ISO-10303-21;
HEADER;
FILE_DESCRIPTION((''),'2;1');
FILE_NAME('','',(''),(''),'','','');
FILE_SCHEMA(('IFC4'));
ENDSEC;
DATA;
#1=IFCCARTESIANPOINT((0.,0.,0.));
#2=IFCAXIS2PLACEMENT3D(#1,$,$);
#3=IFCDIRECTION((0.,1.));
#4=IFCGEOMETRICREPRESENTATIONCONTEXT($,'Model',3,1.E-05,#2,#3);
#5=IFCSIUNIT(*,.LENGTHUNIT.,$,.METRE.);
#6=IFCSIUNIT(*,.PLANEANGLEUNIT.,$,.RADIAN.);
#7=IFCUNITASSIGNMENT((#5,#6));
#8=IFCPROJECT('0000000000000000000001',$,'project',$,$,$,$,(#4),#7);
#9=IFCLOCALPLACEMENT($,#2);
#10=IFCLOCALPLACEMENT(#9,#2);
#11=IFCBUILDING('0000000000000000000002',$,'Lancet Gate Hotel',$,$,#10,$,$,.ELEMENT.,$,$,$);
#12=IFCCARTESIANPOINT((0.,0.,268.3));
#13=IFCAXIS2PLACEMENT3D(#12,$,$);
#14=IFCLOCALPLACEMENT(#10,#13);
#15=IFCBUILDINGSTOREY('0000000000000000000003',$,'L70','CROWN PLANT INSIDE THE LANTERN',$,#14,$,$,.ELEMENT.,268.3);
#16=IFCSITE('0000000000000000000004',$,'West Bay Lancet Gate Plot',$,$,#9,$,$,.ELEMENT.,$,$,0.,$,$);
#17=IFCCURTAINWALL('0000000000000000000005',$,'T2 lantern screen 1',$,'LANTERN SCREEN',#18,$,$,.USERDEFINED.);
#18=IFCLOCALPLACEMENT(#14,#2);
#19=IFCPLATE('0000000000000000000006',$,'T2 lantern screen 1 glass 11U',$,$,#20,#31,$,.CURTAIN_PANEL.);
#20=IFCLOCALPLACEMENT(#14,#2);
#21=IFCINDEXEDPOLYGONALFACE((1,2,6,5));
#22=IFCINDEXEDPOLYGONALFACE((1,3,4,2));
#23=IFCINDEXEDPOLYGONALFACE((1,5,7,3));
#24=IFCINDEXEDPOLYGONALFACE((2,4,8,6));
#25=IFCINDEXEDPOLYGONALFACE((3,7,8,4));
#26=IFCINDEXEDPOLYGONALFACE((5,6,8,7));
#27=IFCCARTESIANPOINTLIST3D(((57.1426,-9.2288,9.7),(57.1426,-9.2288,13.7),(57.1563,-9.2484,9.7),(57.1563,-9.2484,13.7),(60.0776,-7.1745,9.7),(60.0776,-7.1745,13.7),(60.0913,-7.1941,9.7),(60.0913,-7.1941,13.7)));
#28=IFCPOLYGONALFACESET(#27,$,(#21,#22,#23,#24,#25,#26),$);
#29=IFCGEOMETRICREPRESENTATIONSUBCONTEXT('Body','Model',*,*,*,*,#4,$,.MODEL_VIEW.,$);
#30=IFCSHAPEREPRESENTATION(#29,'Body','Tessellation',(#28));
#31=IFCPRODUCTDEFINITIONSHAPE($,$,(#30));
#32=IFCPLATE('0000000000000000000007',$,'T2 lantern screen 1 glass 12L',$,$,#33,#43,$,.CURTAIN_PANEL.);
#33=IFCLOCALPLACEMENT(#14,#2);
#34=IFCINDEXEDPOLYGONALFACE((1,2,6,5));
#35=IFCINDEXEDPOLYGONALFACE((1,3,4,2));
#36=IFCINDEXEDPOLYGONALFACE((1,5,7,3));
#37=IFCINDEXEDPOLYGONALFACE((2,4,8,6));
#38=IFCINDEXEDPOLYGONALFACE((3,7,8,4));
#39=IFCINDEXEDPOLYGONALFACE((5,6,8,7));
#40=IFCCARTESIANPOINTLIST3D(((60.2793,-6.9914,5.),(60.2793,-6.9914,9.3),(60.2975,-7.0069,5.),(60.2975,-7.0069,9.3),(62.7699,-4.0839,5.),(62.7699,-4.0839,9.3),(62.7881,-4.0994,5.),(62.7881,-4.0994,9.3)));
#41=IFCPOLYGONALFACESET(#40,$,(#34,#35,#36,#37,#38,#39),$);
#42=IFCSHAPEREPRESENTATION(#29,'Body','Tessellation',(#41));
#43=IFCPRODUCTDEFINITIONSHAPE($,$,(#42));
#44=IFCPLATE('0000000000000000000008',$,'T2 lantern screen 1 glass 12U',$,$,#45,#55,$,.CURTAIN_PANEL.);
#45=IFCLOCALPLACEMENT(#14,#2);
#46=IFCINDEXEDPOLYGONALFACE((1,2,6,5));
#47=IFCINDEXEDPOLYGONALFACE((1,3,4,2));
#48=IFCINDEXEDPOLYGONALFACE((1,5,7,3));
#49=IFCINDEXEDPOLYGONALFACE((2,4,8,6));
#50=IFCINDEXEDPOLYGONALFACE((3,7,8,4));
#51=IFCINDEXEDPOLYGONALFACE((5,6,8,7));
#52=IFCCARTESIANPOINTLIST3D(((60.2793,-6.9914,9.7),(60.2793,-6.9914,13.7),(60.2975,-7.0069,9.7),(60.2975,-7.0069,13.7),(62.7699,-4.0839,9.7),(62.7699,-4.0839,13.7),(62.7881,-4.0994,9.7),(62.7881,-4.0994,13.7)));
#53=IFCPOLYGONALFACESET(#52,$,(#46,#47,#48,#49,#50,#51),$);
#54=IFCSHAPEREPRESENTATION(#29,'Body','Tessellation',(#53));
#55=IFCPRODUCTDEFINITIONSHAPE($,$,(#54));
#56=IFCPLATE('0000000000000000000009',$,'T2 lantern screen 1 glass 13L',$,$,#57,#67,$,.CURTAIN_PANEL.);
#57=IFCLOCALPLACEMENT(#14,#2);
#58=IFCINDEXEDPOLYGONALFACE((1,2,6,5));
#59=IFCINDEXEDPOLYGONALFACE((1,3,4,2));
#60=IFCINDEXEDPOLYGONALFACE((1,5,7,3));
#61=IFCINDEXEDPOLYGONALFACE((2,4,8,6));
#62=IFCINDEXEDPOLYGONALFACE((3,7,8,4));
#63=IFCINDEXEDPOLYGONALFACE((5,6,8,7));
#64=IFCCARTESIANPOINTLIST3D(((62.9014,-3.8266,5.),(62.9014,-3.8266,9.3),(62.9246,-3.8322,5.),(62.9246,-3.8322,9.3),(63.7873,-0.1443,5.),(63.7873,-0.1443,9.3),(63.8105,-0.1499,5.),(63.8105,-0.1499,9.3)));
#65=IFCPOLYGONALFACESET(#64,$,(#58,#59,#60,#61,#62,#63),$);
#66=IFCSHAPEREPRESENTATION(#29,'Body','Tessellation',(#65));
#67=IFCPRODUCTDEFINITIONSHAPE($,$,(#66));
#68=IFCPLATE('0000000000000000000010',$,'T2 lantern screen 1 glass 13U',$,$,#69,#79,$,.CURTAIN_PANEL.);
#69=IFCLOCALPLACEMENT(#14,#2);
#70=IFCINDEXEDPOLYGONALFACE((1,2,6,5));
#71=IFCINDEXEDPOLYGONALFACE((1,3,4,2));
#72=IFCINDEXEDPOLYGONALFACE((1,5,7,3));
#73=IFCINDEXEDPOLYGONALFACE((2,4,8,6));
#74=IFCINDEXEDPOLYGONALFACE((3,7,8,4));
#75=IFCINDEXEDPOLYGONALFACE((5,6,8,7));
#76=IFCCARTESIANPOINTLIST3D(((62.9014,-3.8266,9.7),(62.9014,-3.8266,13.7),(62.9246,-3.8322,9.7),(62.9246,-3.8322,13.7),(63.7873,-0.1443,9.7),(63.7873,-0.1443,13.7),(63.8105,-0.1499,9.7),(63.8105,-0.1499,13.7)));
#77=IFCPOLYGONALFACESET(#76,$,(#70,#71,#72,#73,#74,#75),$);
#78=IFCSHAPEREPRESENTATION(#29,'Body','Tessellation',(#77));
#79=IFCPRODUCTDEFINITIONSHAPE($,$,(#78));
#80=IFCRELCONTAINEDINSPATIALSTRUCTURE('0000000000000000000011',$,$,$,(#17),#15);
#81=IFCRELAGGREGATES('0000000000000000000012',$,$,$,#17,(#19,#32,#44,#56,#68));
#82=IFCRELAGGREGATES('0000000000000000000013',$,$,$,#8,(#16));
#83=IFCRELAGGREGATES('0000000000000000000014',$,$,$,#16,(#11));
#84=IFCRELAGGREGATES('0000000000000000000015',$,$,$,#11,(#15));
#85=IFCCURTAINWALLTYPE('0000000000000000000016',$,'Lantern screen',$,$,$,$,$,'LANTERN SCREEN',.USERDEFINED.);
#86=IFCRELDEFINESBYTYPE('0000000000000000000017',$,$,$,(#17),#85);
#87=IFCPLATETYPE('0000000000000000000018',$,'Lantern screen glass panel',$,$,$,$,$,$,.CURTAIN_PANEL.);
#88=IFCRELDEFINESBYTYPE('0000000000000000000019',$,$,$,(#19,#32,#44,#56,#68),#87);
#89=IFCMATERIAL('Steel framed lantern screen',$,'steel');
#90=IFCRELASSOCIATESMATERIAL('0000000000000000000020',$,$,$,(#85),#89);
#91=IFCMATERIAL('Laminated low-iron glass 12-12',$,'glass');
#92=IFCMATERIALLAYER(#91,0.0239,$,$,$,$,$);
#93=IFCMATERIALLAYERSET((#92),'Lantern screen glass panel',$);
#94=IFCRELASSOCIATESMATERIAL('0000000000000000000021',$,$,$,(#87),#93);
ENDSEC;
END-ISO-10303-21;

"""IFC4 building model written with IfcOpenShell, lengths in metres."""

from ifc_helpers import new_model, si_unit, direction, frame, origin, origin_2d, place, context, subcontext, project, spatial, rectangle, extrude, material, layer, layer_set, type_object, element, aggregate, save


model = new_model("IFC4")

# Units and contexts
model_context = context("Model", 3, precision=1e-05, world=origin(), true_north=direction((0.0, 1.0)))
body_context = subcontext(model_context, "Body", "Model", "MODEL_VIEW")
ifc_project = project(units=[si_unit("LENGTHUNIT", "METRE"), si_unit("PLANEANGLEUNIT", "RADIAN")], contexts=[model_context])

# Site, building, storey
site_placement = place(None, origin())
site = spatial("IfcSite", under=ifc_project, at=site_placement, Name="West Bay Lancet Gate Plot", CompositionType="ELEMENT", RefElevation=0.0)
building_placement = place(site_placement, origin())
building = spatial("IfcBuilding", under=site, at=building_placement, Name="Lancet Gate Hotel", CompositionType="ELEMENT")
storey_placement = place(building_placement, frame((0.0, 0.0, 268.3)))
storey = spatial("IfcBuildingStorey", under=building, at=storey_placement, Name="L70", Description="CROWN PLANT INSIDE THE LANTERN", CompositionType="ELEMENT", Elevation=268.3)

# Curtain wall
ifc_material_1 = material(Name="Steel framed lantern screen", Category="steel")
curtain_wall_type_1 = type_object("IfcCurtainWallType", Name="Lantern screen", ElementType="LANTERN SCREEN", PredefinedType="USERDEFINED", material=ifc_material_1)
curtain_wall_1_placement = place(storey_placement, origin())
curtain_wall_1 = element("IfcCurtainWall", 1, at=curtain_wall_1_placement, inside=storey, type_object=curtain_wall_type_1, Name="T2 lantern screen 1", ObjectType="LANTERN SCREEN", PredefinedType="USERDEFINED")

# Plates
ifc_material_2 = material(Name="Laminated low-iron glass 12-12", Category="glass")
ifc_layer_1 = layer(ifc_material_2, 0.0239)
ifc_layer_set_1 = layer_set([ifc_layer_1], Name="Lantern screen glass panel")
plate_type_1 = type_object("IfcPlateType", Name="Lantern screen glass panel", PredefinedType="CURTAIN_PANEL", material=ifc_layer_set_1)
plate_1_placement = place(storey_placement, frame((58.6169, -8.2114, 9.7), z_axis=(0.0, 0.0, 1.0), x_axis=(0.819255, 0.573429, 0.0)))
plate_1 = element("IfcPlate", 2, at=plate_1_placement, type_object=plate_type_1, Name="T2 lantern screen 1 glass 11U", PredefinedType="CURTAIN_PANEL", context=body_context, shape_type="SweptSolid", body=[
    extrude(rectangle(XDim=3.5825, YDim=0.0239, at=origin_2d()), origin(), (0.0, 0.0, 1.0), 4.0),
])
plate_2_placement = place(storey_placement, frame((61.5337, -5.5454, 5.0), z_axis=(0.0, 0.0, 1.0), x_axis=(0.650552, 0.759462, 0.0)))
plate_2 = element("IfcPlate", 3, at=plate_2_placement, type_object=plate_type_1, Name="T2 lantern screen 1 glass 12L", PredefinedType="CURTAIN_PANEL", context=body_context, shape_type="SweptSolid", body=[
    extrude(rectangle(XDim=3.8284, YDim=0.0239, at=origin_2d()), origin(), (0.0, 0.0, 1.0), 4.3),
])
plate_3_placement = place(storey_placement, frame((61.5337, -5.5454, 9.7), z_axis=(0.0, 0.0, 1.0), x_axis=(0.650552, 0.759462, 0.0)))
plate_3 = element("IfcPlate", 4, at=plate_3_placement, type_object=plate_type_1, Name="T2 lantern screen 1 glass 12U", PredefinedType="CURTAIN_PANEL", context=body_context, shape_type="SweptSolid", body=[
    extrude(rectangle(XDim=3.8284, YDim=0.0239, at=origin_2d()), origin(), (0.0, 0.0, 1.0), 4.0),
])
plate_4_placement = place(storey_placement, frame((63.356, -1.9883, 5.0), z_axis=(0.0, 0.0, 1.0), x_axis=(0.233916, 0.972257, 0.0)))
plate_4 = element("IfcPlate", 5, at=plate_4_placement, type_object=plate_type_1, Name="T2 lantern screen 1 glass 13L", PredefinedType="CURTAIN_PANEL", context=body_context, shape_type="SweptSolid", body=[
    extrude(rectangle(XDim=3.7874, YDim=0.0239, at=origin_2d()), origin(), (0.0, 0.0, 1.0), 4.3),
])
plate_5_placement = place(storey_placement, frame((63.356, -1.9883, 9.7), z_axis=(0.0, 0.0, 1.0), x_axis=(0.233916, 0.972257, 0.0)))
plate_5 = element("IfcPlate", 6, at=plate_5_placement, type_object=plate_type_1, Name="T2 lantern screen 1 glass 13U", PredefinedType="CURTAIN_PANEL", context=body_context, shape_type="SweptSolid", body=[
    extrude(rectangle(XDim=3.7874, YDim=0.0239, at=origin_2d()), origin(), (0.0, 0.0, 1.0), 4.0),
])
aggregate(curtain_wall_1, [plate_1, plate_2, plate_3, plate_4, plate_5])

save(model, "model.ifc")
